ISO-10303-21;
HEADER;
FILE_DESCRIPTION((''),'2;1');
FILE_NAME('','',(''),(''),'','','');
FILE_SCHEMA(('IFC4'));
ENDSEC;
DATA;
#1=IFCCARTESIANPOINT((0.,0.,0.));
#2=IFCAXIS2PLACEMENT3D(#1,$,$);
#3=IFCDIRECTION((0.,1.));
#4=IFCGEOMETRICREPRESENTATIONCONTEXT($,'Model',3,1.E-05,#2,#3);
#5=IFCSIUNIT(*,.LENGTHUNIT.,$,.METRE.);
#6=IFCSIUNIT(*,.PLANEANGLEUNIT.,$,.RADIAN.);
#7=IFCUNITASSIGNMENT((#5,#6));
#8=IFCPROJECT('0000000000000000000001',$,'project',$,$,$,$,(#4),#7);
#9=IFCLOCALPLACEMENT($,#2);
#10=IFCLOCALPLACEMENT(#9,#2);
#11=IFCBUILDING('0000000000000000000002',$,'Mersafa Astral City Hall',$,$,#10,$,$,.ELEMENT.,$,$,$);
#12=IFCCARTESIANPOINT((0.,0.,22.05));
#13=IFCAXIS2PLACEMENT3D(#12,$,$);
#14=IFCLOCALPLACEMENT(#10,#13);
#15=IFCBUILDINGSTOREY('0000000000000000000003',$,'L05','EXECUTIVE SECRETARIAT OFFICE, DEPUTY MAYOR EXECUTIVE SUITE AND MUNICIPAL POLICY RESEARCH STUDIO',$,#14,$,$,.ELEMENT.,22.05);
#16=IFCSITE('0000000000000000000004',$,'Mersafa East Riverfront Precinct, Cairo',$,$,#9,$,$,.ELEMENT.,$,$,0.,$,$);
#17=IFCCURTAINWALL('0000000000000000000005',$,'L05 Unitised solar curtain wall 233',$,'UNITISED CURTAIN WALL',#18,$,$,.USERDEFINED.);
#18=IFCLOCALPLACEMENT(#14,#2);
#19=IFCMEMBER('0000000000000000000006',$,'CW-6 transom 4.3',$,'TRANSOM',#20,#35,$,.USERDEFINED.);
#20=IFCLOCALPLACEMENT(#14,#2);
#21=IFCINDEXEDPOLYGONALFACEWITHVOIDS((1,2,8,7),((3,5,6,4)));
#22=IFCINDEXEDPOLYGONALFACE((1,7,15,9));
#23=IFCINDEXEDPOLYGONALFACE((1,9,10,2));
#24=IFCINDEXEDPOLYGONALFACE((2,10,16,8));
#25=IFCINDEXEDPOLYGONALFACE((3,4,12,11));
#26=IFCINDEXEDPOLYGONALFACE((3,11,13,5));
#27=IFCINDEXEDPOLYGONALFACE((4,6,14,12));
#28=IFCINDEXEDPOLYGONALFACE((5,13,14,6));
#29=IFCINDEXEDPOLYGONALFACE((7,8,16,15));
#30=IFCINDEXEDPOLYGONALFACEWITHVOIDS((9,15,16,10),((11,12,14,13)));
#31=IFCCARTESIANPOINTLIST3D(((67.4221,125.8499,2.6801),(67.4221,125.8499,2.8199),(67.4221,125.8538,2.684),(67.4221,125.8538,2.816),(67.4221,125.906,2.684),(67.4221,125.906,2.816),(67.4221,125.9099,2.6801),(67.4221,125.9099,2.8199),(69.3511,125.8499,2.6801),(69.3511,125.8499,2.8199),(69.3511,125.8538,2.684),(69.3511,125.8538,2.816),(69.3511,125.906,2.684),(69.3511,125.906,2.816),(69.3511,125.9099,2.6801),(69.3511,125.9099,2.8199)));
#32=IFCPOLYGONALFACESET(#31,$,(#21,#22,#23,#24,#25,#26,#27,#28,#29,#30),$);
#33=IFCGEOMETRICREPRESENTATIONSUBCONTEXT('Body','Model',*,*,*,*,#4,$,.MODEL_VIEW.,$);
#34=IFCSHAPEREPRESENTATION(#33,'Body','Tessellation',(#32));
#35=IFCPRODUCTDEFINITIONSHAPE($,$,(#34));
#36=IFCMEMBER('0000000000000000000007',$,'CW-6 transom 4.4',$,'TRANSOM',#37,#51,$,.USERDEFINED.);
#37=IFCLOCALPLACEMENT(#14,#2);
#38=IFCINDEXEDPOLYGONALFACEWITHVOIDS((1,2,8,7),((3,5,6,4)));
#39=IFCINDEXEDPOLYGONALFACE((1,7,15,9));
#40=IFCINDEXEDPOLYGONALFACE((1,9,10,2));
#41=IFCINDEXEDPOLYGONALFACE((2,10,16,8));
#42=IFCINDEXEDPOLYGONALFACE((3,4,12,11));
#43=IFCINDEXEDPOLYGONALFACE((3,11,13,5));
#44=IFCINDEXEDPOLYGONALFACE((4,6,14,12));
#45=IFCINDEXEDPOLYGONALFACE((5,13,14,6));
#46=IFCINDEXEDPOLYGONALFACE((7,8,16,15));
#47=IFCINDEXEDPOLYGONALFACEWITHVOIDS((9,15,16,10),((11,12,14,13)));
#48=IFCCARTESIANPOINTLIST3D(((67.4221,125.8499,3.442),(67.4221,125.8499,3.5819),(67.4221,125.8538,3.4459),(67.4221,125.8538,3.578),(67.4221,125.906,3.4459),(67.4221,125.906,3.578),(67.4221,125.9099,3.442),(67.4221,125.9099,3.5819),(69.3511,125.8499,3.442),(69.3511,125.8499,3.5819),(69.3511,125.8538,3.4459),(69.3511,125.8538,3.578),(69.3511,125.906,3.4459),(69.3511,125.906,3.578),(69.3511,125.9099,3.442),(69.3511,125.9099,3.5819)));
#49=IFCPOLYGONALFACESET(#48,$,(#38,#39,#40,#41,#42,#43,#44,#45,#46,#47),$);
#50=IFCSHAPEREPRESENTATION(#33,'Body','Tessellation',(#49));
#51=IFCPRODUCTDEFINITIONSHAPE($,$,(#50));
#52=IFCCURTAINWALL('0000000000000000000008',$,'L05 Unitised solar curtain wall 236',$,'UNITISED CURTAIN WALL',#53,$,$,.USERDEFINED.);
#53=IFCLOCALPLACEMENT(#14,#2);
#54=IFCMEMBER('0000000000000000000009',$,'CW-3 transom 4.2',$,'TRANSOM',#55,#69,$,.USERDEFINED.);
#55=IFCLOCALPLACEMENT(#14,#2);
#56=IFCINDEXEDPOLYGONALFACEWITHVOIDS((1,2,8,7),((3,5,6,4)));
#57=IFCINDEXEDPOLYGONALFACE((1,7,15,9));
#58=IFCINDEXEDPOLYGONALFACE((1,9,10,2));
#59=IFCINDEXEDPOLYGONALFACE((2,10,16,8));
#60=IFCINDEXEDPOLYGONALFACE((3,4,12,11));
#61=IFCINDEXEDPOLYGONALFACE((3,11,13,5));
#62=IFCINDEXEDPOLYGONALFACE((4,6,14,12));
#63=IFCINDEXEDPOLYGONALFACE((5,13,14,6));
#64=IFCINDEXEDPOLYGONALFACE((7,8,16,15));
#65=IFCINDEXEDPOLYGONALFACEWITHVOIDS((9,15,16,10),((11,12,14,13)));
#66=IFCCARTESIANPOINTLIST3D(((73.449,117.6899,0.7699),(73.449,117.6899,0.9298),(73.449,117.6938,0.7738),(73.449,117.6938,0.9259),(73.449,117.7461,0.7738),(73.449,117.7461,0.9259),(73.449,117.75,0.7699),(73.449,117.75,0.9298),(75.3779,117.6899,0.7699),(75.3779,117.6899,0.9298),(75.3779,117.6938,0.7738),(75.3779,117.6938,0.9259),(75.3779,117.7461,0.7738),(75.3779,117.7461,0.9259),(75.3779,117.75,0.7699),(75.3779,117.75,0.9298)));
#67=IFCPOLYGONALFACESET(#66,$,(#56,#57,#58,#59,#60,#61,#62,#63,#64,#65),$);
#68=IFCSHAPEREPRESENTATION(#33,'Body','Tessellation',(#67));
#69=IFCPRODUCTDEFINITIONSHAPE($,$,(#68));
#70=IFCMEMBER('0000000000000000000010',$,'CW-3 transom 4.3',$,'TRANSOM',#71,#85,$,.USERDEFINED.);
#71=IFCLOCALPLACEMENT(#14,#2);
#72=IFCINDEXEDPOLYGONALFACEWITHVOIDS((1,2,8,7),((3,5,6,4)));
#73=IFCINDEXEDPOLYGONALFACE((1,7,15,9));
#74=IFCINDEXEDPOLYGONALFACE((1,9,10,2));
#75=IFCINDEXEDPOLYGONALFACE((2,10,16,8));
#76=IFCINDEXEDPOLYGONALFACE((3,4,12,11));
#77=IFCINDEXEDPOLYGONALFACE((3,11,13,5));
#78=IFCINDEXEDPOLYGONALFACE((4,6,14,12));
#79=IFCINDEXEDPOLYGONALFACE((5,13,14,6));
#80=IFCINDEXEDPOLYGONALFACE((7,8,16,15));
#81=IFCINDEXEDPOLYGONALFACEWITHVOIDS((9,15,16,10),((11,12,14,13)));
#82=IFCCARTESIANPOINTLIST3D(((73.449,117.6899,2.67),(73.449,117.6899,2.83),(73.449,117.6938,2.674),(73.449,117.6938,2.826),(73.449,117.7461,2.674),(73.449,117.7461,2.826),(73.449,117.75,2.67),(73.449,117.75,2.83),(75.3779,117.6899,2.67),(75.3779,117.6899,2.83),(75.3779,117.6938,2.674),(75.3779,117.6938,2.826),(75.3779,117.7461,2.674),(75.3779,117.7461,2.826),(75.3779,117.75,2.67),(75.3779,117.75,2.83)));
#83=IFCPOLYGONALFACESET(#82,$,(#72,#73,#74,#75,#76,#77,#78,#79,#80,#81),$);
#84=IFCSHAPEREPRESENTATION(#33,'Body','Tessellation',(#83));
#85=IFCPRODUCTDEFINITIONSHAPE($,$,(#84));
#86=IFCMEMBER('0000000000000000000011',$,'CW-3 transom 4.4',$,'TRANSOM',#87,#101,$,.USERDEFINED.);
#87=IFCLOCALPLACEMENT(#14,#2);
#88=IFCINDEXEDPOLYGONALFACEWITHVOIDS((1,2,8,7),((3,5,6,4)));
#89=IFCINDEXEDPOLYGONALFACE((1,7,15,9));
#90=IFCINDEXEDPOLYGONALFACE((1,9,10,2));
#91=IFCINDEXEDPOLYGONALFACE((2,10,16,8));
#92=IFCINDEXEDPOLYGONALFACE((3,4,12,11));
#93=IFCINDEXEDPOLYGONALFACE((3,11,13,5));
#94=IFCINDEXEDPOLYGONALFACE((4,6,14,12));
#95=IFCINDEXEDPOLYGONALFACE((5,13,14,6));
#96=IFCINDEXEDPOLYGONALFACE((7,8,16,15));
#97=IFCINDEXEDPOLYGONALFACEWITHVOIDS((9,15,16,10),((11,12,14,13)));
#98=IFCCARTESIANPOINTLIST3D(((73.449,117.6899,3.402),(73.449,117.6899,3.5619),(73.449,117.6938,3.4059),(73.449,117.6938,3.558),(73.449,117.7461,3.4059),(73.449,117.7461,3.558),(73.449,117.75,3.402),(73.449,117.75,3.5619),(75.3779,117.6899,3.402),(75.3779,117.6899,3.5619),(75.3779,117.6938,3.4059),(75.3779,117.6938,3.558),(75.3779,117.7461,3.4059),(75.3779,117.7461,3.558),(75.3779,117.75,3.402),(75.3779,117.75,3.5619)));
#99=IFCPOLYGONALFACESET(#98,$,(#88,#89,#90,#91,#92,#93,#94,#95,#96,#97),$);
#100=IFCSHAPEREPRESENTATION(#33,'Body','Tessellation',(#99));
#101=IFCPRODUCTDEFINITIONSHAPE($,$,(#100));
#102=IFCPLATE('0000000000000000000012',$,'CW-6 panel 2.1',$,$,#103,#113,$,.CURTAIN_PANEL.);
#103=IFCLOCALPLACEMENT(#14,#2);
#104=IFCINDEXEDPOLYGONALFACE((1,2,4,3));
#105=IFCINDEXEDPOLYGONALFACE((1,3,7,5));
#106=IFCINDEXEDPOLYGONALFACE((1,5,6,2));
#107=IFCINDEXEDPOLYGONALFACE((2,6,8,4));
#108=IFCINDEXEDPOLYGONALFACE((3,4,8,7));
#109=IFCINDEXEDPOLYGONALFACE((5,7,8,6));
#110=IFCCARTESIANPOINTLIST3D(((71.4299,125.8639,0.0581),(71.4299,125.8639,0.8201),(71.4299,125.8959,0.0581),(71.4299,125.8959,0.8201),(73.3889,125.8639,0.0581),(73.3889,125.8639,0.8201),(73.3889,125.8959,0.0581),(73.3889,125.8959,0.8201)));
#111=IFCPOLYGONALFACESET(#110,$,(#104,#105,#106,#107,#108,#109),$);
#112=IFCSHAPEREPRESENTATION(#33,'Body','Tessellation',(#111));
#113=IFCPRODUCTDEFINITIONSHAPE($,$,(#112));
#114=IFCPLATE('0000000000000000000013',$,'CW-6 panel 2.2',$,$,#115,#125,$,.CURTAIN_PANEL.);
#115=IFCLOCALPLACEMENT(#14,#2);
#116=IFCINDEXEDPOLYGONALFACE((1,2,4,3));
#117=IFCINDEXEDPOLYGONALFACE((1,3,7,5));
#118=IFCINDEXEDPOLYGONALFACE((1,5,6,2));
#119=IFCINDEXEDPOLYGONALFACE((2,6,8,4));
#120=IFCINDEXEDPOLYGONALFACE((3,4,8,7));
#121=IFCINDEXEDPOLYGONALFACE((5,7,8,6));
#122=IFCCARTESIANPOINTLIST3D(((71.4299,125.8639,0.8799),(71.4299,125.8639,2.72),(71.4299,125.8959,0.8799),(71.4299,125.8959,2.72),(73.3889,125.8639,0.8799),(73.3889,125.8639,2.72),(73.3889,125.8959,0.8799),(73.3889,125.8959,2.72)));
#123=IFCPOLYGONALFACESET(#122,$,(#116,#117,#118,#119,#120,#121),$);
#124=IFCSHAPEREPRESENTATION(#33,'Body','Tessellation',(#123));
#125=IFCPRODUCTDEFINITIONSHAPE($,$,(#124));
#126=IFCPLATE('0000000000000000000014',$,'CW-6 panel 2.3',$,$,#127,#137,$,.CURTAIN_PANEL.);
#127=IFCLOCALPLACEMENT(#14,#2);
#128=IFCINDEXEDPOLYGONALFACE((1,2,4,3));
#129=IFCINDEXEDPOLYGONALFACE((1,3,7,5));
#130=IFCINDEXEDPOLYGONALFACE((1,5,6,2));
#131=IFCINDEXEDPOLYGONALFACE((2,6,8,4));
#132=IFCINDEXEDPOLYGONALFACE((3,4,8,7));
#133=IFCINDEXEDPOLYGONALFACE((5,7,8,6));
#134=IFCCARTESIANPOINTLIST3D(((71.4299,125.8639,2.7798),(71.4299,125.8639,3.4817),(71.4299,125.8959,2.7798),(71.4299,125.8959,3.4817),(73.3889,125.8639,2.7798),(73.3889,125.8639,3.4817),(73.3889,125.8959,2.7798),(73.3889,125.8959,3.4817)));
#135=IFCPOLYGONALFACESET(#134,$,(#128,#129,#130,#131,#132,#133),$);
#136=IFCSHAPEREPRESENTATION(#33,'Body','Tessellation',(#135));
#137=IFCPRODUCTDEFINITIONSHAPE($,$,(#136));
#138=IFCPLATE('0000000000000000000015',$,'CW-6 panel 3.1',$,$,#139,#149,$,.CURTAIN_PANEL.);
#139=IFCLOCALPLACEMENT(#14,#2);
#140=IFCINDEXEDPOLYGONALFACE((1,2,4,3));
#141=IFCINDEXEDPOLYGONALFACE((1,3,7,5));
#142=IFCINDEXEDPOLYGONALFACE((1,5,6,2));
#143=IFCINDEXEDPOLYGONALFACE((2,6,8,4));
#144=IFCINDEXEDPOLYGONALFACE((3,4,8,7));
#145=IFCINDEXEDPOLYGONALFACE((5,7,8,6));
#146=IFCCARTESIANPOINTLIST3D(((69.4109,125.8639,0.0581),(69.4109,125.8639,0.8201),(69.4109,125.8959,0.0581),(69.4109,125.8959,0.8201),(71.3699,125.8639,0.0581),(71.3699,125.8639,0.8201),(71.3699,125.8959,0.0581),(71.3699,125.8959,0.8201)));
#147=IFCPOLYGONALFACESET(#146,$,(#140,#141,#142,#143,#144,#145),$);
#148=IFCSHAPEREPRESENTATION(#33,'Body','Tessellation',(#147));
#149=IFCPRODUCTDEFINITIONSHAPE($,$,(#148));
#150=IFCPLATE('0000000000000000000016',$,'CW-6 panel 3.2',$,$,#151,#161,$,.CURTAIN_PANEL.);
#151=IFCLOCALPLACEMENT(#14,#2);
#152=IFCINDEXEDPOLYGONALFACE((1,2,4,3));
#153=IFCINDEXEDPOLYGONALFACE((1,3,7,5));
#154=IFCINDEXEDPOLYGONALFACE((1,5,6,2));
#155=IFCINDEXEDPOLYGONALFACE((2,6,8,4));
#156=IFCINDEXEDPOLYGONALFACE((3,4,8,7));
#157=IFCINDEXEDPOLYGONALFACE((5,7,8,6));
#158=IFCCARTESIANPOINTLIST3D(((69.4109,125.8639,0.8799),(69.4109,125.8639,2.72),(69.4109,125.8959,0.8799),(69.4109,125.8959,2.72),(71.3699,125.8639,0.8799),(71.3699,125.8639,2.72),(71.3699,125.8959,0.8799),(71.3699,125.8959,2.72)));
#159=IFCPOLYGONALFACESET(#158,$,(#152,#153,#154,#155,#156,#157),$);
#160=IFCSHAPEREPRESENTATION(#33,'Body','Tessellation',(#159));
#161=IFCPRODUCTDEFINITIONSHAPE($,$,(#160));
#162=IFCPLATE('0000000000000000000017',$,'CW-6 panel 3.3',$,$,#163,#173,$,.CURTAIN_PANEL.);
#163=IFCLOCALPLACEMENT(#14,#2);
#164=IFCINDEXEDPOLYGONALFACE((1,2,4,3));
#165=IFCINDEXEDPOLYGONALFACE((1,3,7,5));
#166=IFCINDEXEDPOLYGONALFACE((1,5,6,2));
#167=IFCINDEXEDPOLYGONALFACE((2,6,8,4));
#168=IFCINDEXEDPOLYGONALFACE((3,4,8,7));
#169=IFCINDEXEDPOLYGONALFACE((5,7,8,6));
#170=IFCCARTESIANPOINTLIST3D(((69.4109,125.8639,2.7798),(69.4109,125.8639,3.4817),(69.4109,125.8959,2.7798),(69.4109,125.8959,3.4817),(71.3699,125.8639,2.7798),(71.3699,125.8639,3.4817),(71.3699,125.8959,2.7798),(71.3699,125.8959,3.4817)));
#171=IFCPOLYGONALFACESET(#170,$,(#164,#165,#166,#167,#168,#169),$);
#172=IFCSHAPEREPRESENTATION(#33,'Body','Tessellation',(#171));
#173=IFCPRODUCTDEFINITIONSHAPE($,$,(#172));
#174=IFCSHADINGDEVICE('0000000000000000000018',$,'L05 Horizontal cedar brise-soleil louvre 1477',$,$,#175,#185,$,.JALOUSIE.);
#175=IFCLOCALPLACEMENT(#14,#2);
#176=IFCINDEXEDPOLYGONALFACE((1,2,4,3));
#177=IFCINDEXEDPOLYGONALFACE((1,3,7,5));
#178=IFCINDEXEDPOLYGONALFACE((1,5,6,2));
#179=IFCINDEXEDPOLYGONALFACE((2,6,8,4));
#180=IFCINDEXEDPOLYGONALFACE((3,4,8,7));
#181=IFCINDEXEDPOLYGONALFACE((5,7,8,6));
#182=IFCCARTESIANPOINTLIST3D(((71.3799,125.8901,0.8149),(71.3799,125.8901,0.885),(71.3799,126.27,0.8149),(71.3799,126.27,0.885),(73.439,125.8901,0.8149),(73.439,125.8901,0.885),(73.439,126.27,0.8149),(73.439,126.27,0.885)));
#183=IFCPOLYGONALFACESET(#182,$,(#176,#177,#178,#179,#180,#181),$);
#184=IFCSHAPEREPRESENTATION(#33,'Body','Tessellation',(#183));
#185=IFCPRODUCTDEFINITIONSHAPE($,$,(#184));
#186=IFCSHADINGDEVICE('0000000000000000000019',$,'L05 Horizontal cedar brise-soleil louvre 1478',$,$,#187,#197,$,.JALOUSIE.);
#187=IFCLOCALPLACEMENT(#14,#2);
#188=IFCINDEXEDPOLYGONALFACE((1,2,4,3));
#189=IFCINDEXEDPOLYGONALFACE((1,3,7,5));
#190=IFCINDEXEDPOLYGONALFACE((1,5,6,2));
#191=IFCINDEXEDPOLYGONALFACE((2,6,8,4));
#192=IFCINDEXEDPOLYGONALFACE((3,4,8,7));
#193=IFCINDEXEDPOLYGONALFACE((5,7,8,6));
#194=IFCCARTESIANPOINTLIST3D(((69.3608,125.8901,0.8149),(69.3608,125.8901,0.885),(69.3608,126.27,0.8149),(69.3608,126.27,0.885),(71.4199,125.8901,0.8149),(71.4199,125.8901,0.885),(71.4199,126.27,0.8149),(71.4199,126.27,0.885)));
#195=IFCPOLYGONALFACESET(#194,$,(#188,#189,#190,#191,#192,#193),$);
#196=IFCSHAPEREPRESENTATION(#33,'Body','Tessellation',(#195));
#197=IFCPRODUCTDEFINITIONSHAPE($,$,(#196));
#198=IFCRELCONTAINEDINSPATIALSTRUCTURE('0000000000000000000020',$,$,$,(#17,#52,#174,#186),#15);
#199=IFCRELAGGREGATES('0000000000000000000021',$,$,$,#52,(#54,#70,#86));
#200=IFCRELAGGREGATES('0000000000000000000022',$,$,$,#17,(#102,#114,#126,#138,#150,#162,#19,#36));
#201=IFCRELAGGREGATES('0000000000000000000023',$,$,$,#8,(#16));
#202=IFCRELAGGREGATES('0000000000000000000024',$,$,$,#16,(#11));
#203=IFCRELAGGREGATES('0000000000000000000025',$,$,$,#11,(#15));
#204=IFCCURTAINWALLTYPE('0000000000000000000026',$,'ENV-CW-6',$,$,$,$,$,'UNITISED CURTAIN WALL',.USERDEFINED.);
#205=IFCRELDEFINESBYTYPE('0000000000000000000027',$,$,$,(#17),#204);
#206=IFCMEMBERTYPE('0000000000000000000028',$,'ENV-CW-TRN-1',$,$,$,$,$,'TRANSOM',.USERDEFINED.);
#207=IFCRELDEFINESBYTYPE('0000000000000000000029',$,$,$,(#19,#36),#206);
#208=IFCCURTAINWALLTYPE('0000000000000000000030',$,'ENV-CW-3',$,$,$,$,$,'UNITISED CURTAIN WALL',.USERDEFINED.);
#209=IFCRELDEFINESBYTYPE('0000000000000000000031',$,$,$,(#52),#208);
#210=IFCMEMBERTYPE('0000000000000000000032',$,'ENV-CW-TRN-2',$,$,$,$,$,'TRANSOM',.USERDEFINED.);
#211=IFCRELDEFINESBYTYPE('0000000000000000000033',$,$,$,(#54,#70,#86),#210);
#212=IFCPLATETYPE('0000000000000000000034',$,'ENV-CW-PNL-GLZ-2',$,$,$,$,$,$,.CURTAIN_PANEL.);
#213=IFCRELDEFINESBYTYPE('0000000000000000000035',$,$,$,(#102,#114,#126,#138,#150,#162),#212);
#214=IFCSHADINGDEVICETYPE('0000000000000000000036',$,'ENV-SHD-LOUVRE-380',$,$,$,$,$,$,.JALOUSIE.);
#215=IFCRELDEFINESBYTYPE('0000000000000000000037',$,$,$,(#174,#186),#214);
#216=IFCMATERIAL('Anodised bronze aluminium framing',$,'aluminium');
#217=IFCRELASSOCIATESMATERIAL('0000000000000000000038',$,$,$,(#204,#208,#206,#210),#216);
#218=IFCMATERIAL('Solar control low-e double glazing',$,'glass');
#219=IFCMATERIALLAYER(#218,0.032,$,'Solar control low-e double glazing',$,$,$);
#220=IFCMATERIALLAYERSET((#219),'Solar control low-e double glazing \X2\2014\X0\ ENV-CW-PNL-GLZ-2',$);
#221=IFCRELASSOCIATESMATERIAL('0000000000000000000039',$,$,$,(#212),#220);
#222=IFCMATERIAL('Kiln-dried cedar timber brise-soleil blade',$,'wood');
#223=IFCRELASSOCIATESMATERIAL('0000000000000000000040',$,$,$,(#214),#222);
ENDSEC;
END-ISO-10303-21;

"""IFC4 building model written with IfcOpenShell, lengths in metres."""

from ifc_helpers import new_model, si_unit, direction, frame, origin, origin_2d, place, context, subcontext, project, spatial, rectangle, hollow_rectangle, extrude, material, layer, layer_set, material_profile, profile_set, type_object, element, aggregate, save


model = new_model("IFC4")

# Units and contexts
model_context = context("Model", 3, precision=1e-05, world=origin(), true_north=direction((0.0, 1.0)))
body_context = subcontext(model_context, "Body", "Model", "MODEL_VIEW")
ifc_project = project(units=[si_unit("LENGTHUNIT", "METRE"), si_unit("PLANEANGLEUNIT", "RADIAN")], contexts=[model_context])

# Site, building, storey
site_placement = place(None, origin())
site = spatial("IfcSite", under=ifc_project, at=site_placement, Name="Mersafa East Riverfront Precinct, Cairo", CompositionType="ELEMENT", RefElevation=0.0)
building_placement = place(site_placement, origin())
building = spatial("IfcBuilding", under=site, at=building_placement, Name="Mersafa Astral City Hall", CompositionType="ELEMENT")
storey_placement = place(building_placement, frame((0.0, 0.0, 22.05)))
storey = spatial("IfcBuildingStorey", under=building, at=storey_placement, Name="L05", Description="EXECUTIVE SECRETARIAT OFFICE, DEPUTY MAYOR EXECUTIVE SUITE AND MUNICIPAL POLICY RESEARCH STUDIO", CompositionType="ELEMENT", Elevation=22.05)

# Curtain walls, members
ifc_material_1 = material(Name="Anodised bronze aluminium framing", Category="aluminium")
curtain_wall_type_1 = type_object("IfcCurtainWallType", Name="ENV-CW-6", ElementType="UNITISED CURTAIN WALL", PredefinedType="USERDEFINED", material=ifc_material_1)
curtain_wall_1_placement = place(storey_placement, origin())
curtain_wall_1 = element("IfcCurtainWall", 1, at=curtain_wall_1_placement, inside=storey, type_object=curtain_wall_type_1, Name="L05 Unitised solar curtain wall 233", ObjectType="UNITISED CURTAIN WALL", PredefinedType="USERDEFINED")
ifc_material_profile_1 = material_profile(ifc_material_1, hollow_rectangle(XDim=0.0601, YDim=0.1399, WallThickness=0.0039, at=origin_2d()), Name="RHS 60x140x4")
ifc_profile_set_1 = profile_set([ifc_material_profile_1], Name="Anodised bronze aluminium framing")
member_type_1 = type_object("IfcMemberType", Name="ENV-CW-TRN-1", ElementType="TRANSOM", PredefinedType="USERDEFINED", material=ifc_profile_set_1)
member_1_placement = place(storey_placement, frame((69.3511, 125.8799, 2.75), z_axis=(-1.0, 0.0, 0.0), x_axis=(0.0, -1.0, 0.0)))
member_1 = element("IfcMember", 2, at=member_1_placement, type_object=member_type_1, Name="CW-6 transom 4.3", ObjectType="TRANSOM", PredefinedType="USERDEFINED", context=body_context, shape_type="SweptSolid", body=[
    extrude(hollow_rectangle(XDim=0.0601, YDim=0.1399, WallThickness=0.0039, at=origin_2d()), origin(), (0.0, 0.0, 1.0), 1.929),
])
member_2_placement = place(storey_placement, frame((69.3511, 125.8799, 3.512), z_axis=(-1.0, 0.0, 0.0), x_axis=(0.0, -1.0, 0.0)))
member_2 = element("IfcMember", 3, at=member_2_placement, type_object=member_type_1, Name="CW-6 transom 4.4", ObjectType="TRANSOM", PredefinedType="USERDEFINED", context=body_context, shape_type="SweptSolid", body=[
    extrude(hollow_rectangle(XDim=0.0601, YDim=0.1399, WallThickness=0.0039, at=origin_2d()), origin(), (0.0, 0.0, 1.0), 1.929),
])
curtain_wall_type_2 = type_object("IfcCurtainWallType", Name="ENV-CW-3", ElementType="UNITISED CURTAIN WALL", PredefinedType="USERDEFINED", material=ifc_material_1)
curtain_wall_2_placement = place(storey_placement, origin())
curtain_wall_2 = element("IfcCurtainWall", 4, at=curtain_wall_2_placement, inside=storey, type_object=curtain_wall_type_2, Name="L05 Unitised solar curtain wall 236", ObjectType="UNITISED CURTAIN WALL", PredefinedType="USERDEFINED")
ifc_material_profile_2 = material_profile(ifc_material_1, hollow_rectangle(XDim=0.0601, YDim=0.1599, WallThickness=0.0039, at=origin_2d()), Name="RHS 60x160x4")
ifc_profile_set_2 = profile_set([ifc_material_profile_2], Name="Anodised bronze aluminium framing")
member_type_2 = type_object("IfcMemberType", Name="ENV-CW-TRN-2", ElementType="TRANSOM", PredefinedType="USERDEFINED", material=ifc_profile_set_2)
member_3_placement = place(storey_placement, frame((73.449, 117.72, 0.8499), z_axis=(1.0, 0.0, 0.0), x_axis=(0.0, 1.0, 0.0)))
member_3 = element("IfcMember", 5, at=member_3_placement, type_object=member_type_2, Name="CW-3 transom 4.2", ObjectType="TRANSOM", PredefinedType="USERDEFINED", context=body_context, shape_type="SweptSolid", body=[
    extrude(hollow_rectangle(XDim=0.0601, YDim=0.1599, WallThickness=0.0039, at=origin_2d()), origin(), (0.0, 0.0, 1.0), 1.929),
])
member_4_placement = place(storey_placement, frame((73.449, 117.72, 2.75), z_axis=(1.0, 0.0, 0.0), x_axis=(0.0, 1.0, 0.0)))
member_4 = element("IfcMember", 6, at=member_4_placement, type_object=member_type_2, Name="CW-3 transom 4.3", ObjectType="TRANSOM", PredefinedType="USERDEFINED", context=body_context, shape_type="SweptSolid", body=[
    extrude(hollow_rectangle(XDim=0.0601, YDim=0.1599, WallThickness=0.0039, at=origin_2d()), origin(), (0.0, 0.0, 1.0), 1.929),
])
member_5_placement = place(storey_placement, frame((73.449, 117.72, 3.4819), z_axis=(1.0, 0.0, 0.0), x_axis=(0.0, 1.0, 0.0)))
member_5 = element("IfcMember", 7, at=member_5_placement, type_object=member_type_2, Name="CW-3 transom 4.4", ObjectType="TRANSOM", PredefinedType="USERDEFINED", context=body_context, shape_type="SweptSolid", body=[
    extrude(hollow_rectangle(XDim=0.0601, YDim=0.1599, WallThickness=0.0039, at=origin_2d()), origin(), (0.0, 0.0, 1.0), 1.929),
])
aggregate(curtain_wall_2, [member_3, member_4, member_5])

# Plates
ifc_material_2 = material(Name="Solar control low-e double glazing", Category="glass")
ifc_layer = layer(ifc_material_2, 0.032, Name="Solar control low-e double glazing")
ifc_layer_set = layer_set([ifc_layer], Name="Solar control low-e double glazing — ENV-CW-PNL-GLZ-2")
plate_type = type_object("IfcPlateType", Name="ENV-CW-PNL-GLZ-2", PredefinedType="CURTAIN_PANEL", material=ifc_layer_set)
plate_1_placement = place(storey_placement, frame((72.4094, 125.8799, 0.0581), z_axis=(0.0, 0.0, 1.0), x_axis=(-1.0, 0.0, 0.0)))
plate_1 = element("IfcPlate", 8, at=plate_1_placement, type_object=plate_type, Name="CW-6 panel 2.1", PredefinedType="CURTAIN_PANEL", context=body_context, shape_type="SweptSolid", body=[
    extrude(rectangle(XDim=1.959, YDim=0.032, at=origin_2d()), origin(), (0.0, 0.0, 1.0), 0.762),
])
plate_2_placement = place(storey_placement, frame((72.4094, 125.8799, 0.8799), z_axis=(0.0, 0.0, 1.0), x_axis=(-1.0, 0.0, 0.0)))
plate_2 = element("IfcPlate", 9, at=plate_2_placement, type_object=plate_type, Name="CW-6 panel 2.2", PredefinedType="CURTAIN_PANEL", context=body_context, shape_type="SweptSolid", body=[
    extrude(rectangle(XDim=1.959, YDim=0.032, at=origin_2d()), origin(), (0.0, 0.0, 1.0), 1.8401),
])
plate_3_placement = place(storey_placement, frame((72.4094, 125.8799, 2.7798), z_axis=(0.0, 0.0, 1.0), x_axis=(-1.0, 0.0, 0.0)))
plate_3 = element("IfcPlate", 10, at=plate_3_placement, type_object=plate_type, Name="CW-6 panel 2.3", PredefinedType="CURTAIN_PANEL", context=body_context, shape_type="SweptSolid", body=[
    extrude(rectangle(XDim=1.959, YDim=0.032, at=origin_2d()), origin(), (0.0, 0.0, 1.0), 0.7019),
])
plate_4_placement = place(storey_placement, frame((70.3904, 125.8799, 0.0581), z_axis=(0.0, 0.0, 1.0), x_axis=(-1.0, 0.0, 0.0)))
plate_4 = element("IfcPlate", 11, at=plate_4_placement, type_object=plate_type, Name="CW-6 panel 3.1", PredefinedType="CURTAIN_PANEL", context=body_context, shape_type="SweptSolid", body=[
    extrude(rectangle(XDim=1.959, YDim=0.032, at=origin_2d()), origin(), (0.0, 0.0, 1.0), 0.762),
])
plate_5_placement = place(storey_placement, frame((70.3904, 125.8799, 0.8799), z_axis=(0.0, 0.0, 1.0), x_axis=(-1.0, 0.0, 0.0)))
plate_5 = element("IfcPlate", 12, at=plate_5_placement, type_object=plate_type, Name="CW-6 panel 3.2", PredefinedType="CURTAIN_PANEL", context=body_context, shape_type="SweptSolid", body=[
    extrude(rectangle(XDim=1.959, YDim=0.032, at=origin_2d()), origin(), (0.0, 0.0, 1.0), 1.8401),
])
plate_6_placement = place(storey_placement, frame((70.3904, 125.8799, 2.7798), z_axis=(0.0, 0.0, 1.0), x_axis=(-1.0, 0.0, 0.0)))
plate_6 = element("IfcPlate", 13, at=plate_6_placement, type_object=plate_type, Name="CW-6 panel 3.3", PredefinedType="CURTAIN_PANEL", context=body_context, shape_type="SweptSolid", body=[
    extrude(rectangle(XDim=1.959, YDim=0.032, at=origin_2d()), origin(), (0.0, 0.0, 1.0), 0.7019),
])
aggregate(curtain_wall_1, [plate_1, plate_2, plate_3, plate_4, plate_5, plate_6, member_1, member_2])

# Shading devices
ifc_material_3 = material(Name="Kiln-dried cedar timber brise-soleil blade", Category="wood")
shading_device_type = type_object("IfcShadingDeviceType", Name="ENV-SHD-LOUVRE-380", PredefinedType="JALOUSIE", material=ifc_material_3)
for number, where, z_axis, x_axis, name in (
    (14, (72.4094, 126.0801, 0.8149), (0.0, 0.0, 1.0), (-1.0, 0.0, 0.0), "L05 Horizontal cedar brise-soleil louvre 1477"),
    (15, (70.3904, 126.0801, 0.8149), (0.0, 0.0, 1.0), (-1.0, 0.0, 0.0), "L05 Horizontal cedar brise-soleil louvre 1478"),
):
    element("IfcShadingDevice", number, at=place(storey_placement, frame(where, z_axis=z_axis, x_axis=x_axis)), inside=storey, type_object=shading_device_type, Name=name, PredefinedType="JALOUSIE", context=body_context, shape_type="SweptSolid", body=[
        extrude(rectangle(XDim=2.0591, YDim=0.3799, at=origin_2d()), origin(), (0.0, 0.0, 1.0), 0.0701),
    ])

save(model, "model.ifc")
